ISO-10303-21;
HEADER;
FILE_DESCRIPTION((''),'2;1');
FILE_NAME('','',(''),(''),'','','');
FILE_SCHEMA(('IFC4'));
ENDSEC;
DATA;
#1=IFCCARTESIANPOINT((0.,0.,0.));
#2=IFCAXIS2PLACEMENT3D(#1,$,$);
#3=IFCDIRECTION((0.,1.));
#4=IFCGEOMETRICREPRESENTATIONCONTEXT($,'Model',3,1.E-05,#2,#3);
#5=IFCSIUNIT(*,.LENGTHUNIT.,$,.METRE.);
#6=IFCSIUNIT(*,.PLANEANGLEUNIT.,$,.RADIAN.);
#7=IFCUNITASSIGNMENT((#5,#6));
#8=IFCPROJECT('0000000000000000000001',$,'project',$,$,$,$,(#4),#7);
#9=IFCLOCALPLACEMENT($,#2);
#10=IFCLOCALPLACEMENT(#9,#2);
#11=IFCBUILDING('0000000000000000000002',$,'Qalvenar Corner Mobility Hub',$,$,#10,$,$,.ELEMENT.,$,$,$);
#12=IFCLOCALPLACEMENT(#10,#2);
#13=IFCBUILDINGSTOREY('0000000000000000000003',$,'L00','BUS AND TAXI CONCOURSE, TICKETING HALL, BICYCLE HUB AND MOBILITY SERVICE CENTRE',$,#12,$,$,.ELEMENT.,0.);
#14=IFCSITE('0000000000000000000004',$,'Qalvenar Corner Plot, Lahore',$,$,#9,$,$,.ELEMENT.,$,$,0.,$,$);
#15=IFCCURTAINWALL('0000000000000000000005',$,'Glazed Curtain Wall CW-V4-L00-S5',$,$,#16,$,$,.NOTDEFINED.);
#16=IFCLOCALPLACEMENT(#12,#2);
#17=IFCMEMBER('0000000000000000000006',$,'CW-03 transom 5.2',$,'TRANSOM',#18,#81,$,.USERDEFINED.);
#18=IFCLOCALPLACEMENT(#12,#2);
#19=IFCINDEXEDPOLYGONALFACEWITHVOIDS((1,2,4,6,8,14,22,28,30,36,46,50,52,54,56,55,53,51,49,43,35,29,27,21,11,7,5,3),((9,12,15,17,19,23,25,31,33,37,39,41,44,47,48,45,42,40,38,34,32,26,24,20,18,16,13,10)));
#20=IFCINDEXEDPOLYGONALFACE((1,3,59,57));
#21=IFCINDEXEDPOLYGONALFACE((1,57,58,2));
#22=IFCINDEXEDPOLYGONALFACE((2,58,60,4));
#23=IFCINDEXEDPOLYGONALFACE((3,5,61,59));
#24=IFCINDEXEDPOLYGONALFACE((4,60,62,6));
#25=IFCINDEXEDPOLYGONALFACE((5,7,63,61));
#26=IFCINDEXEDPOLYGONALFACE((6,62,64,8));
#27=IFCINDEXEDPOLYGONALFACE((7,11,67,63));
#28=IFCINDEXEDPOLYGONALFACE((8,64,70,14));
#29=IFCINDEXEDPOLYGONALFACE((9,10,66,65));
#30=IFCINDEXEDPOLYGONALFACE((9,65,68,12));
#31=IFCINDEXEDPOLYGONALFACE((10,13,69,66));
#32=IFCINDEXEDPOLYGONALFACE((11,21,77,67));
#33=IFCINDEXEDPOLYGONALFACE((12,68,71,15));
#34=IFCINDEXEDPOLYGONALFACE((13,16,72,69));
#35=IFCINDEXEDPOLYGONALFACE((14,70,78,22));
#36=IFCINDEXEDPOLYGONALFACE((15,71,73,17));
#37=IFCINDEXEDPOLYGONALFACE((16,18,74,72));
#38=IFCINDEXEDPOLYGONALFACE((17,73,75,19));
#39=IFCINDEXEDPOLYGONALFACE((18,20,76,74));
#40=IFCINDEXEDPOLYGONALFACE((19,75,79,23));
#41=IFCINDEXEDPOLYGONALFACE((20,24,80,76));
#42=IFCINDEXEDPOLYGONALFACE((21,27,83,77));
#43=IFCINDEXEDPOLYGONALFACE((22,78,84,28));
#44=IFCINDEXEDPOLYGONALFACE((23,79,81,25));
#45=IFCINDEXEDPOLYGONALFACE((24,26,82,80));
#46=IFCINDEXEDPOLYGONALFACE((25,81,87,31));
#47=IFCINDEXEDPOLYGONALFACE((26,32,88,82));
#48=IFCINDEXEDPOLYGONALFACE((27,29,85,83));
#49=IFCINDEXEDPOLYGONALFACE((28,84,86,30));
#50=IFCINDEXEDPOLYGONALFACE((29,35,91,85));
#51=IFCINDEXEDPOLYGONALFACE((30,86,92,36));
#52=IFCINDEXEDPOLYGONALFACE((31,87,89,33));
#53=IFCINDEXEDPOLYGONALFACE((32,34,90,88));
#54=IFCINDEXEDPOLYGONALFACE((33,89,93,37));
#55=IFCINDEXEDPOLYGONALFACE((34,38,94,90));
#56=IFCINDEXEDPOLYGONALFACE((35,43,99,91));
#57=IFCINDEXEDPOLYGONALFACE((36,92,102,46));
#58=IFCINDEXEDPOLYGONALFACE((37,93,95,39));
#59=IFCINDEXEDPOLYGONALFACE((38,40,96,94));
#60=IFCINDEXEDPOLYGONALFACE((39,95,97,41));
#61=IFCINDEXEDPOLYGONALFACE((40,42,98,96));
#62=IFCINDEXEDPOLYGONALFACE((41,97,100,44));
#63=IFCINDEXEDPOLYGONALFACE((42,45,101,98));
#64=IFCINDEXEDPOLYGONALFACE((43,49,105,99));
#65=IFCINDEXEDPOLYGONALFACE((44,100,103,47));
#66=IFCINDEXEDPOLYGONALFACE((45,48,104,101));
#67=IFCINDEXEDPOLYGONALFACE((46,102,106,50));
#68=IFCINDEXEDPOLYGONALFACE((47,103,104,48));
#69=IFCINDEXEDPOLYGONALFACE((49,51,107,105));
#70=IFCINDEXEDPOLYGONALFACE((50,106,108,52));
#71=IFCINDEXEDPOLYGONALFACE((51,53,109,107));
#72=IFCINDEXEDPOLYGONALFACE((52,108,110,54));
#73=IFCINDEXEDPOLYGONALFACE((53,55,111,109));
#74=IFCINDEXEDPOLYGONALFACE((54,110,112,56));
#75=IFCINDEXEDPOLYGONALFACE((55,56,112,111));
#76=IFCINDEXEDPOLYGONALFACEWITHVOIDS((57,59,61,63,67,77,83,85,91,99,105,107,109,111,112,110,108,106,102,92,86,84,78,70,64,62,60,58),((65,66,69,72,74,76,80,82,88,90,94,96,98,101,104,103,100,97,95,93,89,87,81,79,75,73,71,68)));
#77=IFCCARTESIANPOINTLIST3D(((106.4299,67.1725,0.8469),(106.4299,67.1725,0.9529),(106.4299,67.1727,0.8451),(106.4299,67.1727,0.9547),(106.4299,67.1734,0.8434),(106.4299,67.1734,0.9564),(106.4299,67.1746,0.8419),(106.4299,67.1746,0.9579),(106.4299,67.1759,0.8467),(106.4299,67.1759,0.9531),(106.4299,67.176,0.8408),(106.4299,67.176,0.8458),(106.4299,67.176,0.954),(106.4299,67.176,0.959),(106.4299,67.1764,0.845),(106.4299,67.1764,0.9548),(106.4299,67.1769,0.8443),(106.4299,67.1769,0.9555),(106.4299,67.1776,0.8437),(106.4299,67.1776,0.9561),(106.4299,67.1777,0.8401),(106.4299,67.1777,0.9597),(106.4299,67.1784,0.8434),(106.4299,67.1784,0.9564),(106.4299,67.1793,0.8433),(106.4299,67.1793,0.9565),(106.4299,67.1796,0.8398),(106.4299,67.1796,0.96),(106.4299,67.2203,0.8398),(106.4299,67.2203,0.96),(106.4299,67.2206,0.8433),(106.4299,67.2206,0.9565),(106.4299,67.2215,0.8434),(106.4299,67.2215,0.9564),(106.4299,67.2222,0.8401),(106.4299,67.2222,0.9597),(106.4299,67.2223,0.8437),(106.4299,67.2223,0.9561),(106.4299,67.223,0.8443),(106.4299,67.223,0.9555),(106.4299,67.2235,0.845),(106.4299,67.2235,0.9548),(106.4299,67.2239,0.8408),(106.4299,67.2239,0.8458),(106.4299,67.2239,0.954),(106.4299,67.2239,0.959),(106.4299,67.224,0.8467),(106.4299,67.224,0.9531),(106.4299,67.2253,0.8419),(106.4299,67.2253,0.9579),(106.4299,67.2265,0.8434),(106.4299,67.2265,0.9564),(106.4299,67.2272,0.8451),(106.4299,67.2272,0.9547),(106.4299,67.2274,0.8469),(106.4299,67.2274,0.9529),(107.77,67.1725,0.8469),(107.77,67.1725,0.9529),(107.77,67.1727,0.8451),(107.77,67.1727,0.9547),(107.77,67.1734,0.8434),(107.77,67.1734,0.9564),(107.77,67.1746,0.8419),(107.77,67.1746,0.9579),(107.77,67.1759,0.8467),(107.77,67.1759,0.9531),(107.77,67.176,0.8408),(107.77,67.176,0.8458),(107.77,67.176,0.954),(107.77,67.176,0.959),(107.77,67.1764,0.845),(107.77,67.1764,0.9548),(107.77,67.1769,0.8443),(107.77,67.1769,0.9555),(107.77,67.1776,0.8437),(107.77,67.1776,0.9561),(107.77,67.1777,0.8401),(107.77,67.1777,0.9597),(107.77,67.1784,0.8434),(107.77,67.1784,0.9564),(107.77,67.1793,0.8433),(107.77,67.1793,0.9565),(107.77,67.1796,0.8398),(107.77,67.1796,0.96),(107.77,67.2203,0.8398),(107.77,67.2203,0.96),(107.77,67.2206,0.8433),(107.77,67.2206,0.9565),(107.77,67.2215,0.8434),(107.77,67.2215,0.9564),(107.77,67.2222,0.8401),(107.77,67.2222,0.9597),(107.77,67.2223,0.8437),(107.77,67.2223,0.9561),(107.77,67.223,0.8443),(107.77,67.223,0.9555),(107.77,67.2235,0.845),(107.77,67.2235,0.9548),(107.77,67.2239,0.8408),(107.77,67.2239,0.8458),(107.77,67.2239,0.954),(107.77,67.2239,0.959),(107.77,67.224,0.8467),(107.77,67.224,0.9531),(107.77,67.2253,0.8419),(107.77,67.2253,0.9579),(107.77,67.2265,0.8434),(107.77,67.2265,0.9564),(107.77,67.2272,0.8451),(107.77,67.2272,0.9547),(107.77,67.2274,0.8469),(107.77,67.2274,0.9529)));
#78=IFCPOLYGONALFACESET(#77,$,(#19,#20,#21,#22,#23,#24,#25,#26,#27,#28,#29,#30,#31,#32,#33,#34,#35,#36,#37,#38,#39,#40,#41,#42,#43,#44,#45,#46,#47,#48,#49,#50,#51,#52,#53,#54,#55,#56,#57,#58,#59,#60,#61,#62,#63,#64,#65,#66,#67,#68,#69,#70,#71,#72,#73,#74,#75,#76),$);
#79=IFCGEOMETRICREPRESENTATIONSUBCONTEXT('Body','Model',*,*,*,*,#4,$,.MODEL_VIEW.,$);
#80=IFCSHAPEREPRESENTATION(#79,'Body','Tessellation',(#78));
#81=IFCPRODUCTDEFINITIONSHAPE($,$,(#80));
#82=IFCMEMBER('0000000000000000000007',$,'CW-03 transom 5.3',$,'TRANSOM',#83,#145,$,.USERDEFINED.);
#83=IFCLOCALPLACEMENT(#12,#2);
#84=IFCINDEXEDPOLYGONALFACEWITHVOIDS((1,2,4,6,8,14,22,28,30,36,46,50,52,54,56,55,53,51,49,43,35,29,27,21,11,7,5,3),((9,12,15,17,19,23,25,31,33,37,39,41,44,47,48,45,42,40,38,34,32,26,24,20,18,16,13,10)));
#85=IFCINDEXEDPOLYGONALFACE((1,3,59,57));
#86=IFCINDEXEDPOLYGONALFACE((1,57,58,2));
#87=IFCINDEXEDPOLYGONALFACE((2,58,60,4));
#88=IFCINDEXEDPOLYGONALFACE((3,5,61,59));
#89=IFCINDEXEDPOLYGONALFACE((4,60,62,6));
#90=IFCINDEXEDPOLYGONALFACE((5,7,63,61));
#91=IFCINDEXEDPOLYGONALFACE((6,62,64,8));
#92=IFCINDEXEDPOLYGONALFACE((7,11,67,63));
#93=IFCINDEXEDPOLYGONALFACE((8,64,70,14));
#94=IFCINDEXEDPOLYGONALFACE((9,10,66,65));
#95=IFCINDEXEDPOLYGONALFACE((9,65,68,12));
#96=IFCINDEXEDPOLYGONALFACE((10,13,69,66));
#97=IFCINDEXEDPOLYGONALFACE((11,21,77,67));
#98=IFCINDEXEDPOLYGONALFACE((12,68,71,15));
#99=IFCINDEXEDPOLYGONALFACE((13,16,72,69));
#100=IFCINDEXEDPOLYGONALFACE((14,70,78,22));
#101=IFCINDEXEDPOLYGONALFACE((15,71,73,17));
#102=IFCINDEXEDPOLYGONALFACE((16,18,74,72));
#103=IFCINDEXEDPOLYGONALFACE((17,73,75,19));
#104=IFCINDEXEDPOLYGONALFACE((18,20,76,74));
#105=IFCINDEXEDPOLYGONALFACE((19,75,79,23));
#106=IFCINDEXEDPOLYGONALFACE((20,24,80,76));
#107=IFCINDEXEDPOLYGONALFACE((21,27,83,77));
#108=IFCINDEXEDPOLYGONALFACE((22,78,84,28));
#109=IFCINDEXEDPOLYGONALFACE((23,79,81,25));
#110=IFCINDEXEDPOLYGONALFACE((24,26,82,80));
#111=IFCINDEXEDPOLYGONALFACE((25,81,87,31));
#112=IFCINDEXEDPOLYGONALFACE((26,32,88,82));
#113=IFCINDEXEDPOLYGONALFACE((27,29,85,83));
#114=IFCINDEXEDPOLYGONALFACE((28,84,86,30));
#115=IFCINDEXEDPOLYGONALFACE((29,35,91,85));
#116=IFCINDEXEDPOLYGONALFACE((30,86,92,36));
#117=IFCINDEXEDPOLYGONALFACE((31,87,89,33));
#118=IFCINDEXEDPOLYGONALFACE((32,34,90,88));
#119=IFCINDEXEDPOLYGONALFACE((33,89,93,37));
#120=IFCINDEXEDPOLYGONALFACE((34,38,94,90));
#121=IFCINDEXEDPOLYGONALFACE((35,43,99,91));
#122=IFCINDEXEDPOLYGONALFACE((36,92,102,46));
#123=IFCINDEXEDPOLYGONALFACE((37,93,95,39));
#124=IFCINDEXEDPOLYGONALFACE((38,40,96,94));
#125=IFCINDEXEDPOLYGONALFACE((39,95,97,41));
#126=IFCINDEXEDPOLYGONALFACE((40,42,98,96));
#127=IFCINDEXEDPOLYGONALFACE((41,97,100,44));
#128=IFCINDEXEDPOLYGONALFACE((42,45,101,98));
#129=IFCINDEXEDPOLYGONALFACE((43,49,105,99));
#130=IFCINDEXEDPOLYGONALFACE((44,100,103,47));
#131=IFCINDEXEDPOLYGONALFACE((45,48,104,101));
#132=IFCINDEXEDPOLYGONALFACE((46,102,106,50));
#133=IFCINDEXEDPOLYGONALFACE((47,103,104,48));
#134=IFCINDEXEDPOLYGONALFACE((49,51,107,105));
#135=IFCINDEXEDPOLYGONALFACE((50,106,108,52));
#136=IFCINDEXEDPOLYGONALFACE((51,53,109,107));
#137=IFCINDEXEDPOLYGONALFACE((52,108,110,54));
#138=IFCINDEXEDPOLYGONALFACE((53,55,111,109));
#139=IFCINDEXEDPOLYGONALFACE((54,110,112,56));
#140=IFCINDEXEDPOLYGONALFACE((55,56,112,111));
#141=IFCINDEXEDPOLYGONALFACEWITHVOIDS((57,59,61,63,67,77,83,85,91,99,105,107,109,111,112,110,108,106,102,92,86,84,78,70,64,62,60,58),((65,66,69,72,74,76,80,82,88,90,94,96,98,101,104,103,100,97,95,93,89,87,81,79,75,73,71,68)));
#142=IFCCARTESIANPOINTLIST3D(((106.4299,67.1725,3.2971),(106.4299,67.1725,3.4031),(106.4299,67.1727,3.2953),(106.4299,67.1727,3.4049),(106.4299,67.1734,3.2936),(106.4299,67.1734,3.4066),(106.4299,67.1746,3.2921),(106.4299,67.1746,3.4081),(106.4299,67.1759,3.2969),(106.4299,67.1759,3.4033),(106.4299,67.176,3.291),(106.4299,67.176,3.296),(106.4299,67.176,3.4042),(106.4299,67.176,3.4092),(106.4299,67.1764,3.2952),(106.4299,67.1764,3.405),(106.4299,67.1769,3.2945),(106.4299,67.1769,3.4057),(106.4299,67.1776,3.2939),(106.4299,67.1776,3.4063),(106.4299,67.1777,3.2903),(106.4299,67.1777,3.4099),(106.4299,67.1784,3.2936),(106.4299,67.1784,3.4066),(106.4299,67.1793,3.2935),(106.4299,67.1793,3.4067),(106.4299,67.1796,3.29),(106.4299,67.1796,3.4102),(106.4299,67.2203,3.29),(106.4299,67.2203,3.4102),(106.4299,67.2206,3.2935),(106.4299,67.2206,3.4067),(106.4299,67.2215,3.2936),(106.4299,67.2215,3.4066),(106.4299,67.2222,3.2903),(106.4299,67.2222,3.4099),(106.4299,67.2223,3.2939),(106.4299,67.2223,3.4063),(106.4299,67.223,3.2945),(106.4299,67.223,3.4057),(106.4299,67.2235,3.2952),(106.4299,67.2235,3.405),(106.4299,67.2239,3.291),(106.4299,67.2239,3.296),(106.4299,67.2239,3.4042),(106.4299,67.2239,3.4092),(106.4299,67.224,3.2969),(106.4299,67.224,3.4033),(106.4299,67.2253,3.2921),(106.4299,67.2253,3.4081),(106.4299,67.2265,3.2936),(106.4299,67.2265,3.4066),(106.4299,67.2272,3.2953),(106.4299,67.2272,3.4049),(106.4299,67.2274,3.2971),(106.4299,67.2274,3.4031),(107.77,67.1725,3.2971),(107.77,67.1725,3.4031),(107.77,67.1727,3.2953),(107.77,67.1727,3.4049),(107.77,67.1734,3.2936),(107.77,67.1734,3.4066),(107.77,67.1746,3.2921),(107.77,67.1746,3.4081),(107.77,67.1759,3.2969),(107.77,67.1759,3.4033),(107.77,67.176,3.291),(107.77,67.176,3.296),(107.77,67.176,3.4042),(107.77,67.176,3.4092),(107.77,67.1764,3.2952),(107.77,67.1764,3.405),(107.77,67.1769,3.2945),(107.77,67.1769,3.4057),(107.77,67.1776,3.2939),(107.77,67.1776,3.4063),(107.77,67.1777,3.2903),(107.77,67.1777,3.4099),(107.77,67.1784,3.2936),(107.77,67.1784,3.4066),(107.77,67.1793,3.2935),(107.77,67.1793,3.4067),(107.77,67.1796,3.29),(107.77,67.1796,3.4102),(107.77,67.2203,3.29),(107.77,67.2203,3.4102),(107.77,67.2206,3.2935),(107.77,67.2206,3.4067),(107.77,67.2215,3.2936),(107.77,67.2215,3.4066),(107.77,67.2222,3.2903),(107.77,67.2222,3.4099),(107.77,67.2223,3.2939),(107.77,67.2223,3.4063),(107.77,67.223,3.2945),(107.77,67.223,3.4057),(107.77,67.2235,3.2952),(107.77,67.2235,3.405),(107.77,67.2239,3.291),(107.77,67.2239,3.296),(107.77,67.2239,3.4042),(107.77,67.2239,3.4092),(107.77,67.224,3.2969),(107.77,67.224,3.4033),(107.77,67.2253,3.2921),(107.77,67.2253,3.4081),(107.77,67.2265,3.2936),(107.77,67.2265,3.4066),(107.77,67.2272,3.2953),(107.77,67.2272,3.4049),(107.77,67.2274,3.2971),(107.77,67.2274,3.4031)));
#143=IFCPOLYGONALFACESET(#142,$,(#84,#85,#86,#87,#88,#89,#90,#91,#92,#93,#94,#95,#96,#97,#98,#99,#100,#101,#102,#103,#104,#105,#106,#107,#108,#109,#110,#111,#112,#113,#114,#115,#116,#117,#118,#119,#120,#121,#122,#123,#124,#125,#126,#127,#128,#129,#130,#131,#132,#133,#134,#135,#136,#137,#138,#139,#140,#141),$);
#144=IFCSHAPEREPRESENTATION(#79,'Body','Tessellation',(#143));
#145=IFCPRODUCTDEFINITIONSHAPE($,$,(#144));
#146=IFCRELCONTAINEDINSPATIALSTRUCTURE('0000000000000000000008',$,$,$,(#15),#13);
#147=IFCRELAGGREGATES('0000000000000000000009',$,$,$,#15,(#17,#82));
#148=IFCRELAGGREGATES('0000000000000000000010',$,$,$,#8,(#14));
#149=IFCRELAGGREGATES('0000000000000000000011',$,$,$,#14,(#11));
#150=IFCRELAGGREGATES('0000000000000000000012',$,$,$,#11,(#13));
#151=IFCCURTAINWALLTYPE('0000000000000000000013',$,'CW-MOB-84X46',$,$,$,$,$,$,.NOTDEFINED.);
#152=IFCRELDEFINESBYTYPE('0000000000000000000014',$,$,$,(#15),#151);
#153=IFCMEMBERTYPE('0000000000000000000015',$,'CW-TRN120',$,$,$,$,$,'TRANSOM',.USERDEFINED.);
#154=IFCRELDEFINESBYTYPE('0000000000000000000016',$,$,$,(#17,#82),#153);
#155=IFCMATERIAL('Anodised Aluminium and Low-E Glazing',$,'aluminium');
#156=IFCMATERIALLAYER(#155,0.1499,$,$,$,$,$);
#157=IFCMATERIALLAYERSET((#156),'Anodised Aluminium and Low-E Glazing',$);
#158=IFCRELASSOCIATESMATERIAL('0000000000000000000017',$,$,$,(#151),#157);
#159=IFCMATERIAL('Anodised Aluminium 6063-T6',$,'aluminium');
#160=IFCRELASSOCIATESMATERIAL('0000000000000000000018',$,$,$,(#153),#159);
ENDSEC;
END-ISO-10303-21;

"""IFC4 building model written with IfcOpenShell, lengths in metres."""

from ifc_helpers import new_model, si_unit, direction, frame, origin, origin_2d, place, context, subcontext, project, spatial, hollow_rectangle, extrude, material, layer, layer_set, material_profile, profile_set, type_object, element, aggregate, save


model = new_model("IFC4")

# Units and contexts
model_context = context("Model", 3, precision=1e-05, world=origin(), true_north=direction((0.0, 1.0)))
body_context = subcontext(model_context, "Body", "Model", "MODEL_VIEW")
ifc_project = project(units=[si_unit("LENGTHUNIT", "METRE"), si_unit("PLANEANGLEUNIT", "RADIAN")], contexts=[model_context])

# Site, building, storey
site_placement = place(None, origin())
site = spatial("IfcSite", under=ifc_project, at=site_placement, Name="Qalvenar Corner Plot, Lahore", CompositionType="ELEMENT", RefElevation=0.0)
building_placement = place(site_placement, origin())
building = spatial("IfcBuilding", under=site, at=building_placement, Name="Qalvenar Corner Mobility Hub", CompositionType="ELEMENT")
storey_placement = place(building_placement, origin())
storey = spatial("IfcBuildingStorey", under=building, at=storey_placement, Name="L00", Description="BUS AND TAXI CONCOURSE, TICKETING HALL, BICYCLE HUB AND MOBILITY SERVICE CENTRE", CompositionType="ELEMENT", Elevation=0.0)

# Curtain wall, members
ifc_material_1 = material(Name="Anodised Aluminium and Low-E Glazing", Category="aluminium")
ifc_layer_1 = layer(ifc_material_1, 0.1499)
ifc_layer_set_1 = layer_set([ifc_layer_1], Name="Anodised Aluminium and Low-E Glazing")
curtain_wall_type = type_object("IfcCurtainWallType", Name="CW-MOB-84X46", PredefinedType="NOTDEFINED", material=ifc_layer_set_1)
curtain_wall_placement = place(storey_placement, origin())
curtain_wall = element("IfcCurtainWall", 1, at=curtain_wall_placement, inside=storey, type_object=curtain_wall_type, Name="Glazed Curtain Wall CW-V4-L00-S5", PredefinedType="NOTDEFINED")
ifc_material_2 = material(Name="Anodised Aluminium 6063-T6", Category="aluminium")
ifc_material_profile_1 = material_profile(ifc_material_2, hollow_rectangle(XDim=0.0549, YDim=0.1201, WallThickness=0.0034, InnerFilletRadius=0.0034, OuterFilletRadius=0.0071, at=origin_2d()), Name="RHS120x55x3.5")
ifc_profile_set_1 = profile_set([ifc_material_profile_1], Name="Anodised Aluminium 6063-T6")
member_type_1 = type_object("IfcMemberType", Name="CW-TRN120", ElementType="TRANSOM", PredefinedType="USERDEFINED", material=ifc_profile_set_1)
member_1_placement = place(storey_placement, frame((106.4299, 67.2, 0.8999), z_axis=(1.0, 0.0, 0.0), x_axis=(0.0, 1.0, 0.0)))
member_1 = element("IfcMember", 2, at=member_1_placement, type_object=member_type_1, Name="CW-03 transom 5.2", ObjectType="TRANSOM", PredefinedType="USERDEFINED", context=body_context, shape_type="SweptSolid", body=[
    extrude(hollow_rectangle(XDim=0.0549, YDim=0.1201, WallThickness=0.0034, InnerFilletRadius=0.0034, OuterFilletRadius=0.0071, at=origin_2d()), origin(), (0.0, 0.0, 1.0), 1.3401),
])
member_2_placement = place(storey_placement, frame((106.4299, 67.2, 3.3501), z_axis=(1.0, 0.0, 0.0), x_axis=(0.0, 1.0, 0.0)))
member_2 = element("IfcMember", 3, at=member_2_placement, type_object=member_type_1, Name="CW-03 transom 5.3", ObjectType="TRANSOM", PredefinedType="USERDEFINED", context=body_context, shape_type="SweptSolid", body=[
    extrude(hollow_rectangle(XDim=0.0549, YDim=0.1201, WallThickness=0.0034, InnerFilletRadius=0.0034, OuterFilletRadius=0.0071, at=origin_2d()), origin(), (0.0, 0.0, 1.0), 1.3401),
])
aggregate(curtain_wall, [member_1, member_2])

save(model, "model.ifc")
